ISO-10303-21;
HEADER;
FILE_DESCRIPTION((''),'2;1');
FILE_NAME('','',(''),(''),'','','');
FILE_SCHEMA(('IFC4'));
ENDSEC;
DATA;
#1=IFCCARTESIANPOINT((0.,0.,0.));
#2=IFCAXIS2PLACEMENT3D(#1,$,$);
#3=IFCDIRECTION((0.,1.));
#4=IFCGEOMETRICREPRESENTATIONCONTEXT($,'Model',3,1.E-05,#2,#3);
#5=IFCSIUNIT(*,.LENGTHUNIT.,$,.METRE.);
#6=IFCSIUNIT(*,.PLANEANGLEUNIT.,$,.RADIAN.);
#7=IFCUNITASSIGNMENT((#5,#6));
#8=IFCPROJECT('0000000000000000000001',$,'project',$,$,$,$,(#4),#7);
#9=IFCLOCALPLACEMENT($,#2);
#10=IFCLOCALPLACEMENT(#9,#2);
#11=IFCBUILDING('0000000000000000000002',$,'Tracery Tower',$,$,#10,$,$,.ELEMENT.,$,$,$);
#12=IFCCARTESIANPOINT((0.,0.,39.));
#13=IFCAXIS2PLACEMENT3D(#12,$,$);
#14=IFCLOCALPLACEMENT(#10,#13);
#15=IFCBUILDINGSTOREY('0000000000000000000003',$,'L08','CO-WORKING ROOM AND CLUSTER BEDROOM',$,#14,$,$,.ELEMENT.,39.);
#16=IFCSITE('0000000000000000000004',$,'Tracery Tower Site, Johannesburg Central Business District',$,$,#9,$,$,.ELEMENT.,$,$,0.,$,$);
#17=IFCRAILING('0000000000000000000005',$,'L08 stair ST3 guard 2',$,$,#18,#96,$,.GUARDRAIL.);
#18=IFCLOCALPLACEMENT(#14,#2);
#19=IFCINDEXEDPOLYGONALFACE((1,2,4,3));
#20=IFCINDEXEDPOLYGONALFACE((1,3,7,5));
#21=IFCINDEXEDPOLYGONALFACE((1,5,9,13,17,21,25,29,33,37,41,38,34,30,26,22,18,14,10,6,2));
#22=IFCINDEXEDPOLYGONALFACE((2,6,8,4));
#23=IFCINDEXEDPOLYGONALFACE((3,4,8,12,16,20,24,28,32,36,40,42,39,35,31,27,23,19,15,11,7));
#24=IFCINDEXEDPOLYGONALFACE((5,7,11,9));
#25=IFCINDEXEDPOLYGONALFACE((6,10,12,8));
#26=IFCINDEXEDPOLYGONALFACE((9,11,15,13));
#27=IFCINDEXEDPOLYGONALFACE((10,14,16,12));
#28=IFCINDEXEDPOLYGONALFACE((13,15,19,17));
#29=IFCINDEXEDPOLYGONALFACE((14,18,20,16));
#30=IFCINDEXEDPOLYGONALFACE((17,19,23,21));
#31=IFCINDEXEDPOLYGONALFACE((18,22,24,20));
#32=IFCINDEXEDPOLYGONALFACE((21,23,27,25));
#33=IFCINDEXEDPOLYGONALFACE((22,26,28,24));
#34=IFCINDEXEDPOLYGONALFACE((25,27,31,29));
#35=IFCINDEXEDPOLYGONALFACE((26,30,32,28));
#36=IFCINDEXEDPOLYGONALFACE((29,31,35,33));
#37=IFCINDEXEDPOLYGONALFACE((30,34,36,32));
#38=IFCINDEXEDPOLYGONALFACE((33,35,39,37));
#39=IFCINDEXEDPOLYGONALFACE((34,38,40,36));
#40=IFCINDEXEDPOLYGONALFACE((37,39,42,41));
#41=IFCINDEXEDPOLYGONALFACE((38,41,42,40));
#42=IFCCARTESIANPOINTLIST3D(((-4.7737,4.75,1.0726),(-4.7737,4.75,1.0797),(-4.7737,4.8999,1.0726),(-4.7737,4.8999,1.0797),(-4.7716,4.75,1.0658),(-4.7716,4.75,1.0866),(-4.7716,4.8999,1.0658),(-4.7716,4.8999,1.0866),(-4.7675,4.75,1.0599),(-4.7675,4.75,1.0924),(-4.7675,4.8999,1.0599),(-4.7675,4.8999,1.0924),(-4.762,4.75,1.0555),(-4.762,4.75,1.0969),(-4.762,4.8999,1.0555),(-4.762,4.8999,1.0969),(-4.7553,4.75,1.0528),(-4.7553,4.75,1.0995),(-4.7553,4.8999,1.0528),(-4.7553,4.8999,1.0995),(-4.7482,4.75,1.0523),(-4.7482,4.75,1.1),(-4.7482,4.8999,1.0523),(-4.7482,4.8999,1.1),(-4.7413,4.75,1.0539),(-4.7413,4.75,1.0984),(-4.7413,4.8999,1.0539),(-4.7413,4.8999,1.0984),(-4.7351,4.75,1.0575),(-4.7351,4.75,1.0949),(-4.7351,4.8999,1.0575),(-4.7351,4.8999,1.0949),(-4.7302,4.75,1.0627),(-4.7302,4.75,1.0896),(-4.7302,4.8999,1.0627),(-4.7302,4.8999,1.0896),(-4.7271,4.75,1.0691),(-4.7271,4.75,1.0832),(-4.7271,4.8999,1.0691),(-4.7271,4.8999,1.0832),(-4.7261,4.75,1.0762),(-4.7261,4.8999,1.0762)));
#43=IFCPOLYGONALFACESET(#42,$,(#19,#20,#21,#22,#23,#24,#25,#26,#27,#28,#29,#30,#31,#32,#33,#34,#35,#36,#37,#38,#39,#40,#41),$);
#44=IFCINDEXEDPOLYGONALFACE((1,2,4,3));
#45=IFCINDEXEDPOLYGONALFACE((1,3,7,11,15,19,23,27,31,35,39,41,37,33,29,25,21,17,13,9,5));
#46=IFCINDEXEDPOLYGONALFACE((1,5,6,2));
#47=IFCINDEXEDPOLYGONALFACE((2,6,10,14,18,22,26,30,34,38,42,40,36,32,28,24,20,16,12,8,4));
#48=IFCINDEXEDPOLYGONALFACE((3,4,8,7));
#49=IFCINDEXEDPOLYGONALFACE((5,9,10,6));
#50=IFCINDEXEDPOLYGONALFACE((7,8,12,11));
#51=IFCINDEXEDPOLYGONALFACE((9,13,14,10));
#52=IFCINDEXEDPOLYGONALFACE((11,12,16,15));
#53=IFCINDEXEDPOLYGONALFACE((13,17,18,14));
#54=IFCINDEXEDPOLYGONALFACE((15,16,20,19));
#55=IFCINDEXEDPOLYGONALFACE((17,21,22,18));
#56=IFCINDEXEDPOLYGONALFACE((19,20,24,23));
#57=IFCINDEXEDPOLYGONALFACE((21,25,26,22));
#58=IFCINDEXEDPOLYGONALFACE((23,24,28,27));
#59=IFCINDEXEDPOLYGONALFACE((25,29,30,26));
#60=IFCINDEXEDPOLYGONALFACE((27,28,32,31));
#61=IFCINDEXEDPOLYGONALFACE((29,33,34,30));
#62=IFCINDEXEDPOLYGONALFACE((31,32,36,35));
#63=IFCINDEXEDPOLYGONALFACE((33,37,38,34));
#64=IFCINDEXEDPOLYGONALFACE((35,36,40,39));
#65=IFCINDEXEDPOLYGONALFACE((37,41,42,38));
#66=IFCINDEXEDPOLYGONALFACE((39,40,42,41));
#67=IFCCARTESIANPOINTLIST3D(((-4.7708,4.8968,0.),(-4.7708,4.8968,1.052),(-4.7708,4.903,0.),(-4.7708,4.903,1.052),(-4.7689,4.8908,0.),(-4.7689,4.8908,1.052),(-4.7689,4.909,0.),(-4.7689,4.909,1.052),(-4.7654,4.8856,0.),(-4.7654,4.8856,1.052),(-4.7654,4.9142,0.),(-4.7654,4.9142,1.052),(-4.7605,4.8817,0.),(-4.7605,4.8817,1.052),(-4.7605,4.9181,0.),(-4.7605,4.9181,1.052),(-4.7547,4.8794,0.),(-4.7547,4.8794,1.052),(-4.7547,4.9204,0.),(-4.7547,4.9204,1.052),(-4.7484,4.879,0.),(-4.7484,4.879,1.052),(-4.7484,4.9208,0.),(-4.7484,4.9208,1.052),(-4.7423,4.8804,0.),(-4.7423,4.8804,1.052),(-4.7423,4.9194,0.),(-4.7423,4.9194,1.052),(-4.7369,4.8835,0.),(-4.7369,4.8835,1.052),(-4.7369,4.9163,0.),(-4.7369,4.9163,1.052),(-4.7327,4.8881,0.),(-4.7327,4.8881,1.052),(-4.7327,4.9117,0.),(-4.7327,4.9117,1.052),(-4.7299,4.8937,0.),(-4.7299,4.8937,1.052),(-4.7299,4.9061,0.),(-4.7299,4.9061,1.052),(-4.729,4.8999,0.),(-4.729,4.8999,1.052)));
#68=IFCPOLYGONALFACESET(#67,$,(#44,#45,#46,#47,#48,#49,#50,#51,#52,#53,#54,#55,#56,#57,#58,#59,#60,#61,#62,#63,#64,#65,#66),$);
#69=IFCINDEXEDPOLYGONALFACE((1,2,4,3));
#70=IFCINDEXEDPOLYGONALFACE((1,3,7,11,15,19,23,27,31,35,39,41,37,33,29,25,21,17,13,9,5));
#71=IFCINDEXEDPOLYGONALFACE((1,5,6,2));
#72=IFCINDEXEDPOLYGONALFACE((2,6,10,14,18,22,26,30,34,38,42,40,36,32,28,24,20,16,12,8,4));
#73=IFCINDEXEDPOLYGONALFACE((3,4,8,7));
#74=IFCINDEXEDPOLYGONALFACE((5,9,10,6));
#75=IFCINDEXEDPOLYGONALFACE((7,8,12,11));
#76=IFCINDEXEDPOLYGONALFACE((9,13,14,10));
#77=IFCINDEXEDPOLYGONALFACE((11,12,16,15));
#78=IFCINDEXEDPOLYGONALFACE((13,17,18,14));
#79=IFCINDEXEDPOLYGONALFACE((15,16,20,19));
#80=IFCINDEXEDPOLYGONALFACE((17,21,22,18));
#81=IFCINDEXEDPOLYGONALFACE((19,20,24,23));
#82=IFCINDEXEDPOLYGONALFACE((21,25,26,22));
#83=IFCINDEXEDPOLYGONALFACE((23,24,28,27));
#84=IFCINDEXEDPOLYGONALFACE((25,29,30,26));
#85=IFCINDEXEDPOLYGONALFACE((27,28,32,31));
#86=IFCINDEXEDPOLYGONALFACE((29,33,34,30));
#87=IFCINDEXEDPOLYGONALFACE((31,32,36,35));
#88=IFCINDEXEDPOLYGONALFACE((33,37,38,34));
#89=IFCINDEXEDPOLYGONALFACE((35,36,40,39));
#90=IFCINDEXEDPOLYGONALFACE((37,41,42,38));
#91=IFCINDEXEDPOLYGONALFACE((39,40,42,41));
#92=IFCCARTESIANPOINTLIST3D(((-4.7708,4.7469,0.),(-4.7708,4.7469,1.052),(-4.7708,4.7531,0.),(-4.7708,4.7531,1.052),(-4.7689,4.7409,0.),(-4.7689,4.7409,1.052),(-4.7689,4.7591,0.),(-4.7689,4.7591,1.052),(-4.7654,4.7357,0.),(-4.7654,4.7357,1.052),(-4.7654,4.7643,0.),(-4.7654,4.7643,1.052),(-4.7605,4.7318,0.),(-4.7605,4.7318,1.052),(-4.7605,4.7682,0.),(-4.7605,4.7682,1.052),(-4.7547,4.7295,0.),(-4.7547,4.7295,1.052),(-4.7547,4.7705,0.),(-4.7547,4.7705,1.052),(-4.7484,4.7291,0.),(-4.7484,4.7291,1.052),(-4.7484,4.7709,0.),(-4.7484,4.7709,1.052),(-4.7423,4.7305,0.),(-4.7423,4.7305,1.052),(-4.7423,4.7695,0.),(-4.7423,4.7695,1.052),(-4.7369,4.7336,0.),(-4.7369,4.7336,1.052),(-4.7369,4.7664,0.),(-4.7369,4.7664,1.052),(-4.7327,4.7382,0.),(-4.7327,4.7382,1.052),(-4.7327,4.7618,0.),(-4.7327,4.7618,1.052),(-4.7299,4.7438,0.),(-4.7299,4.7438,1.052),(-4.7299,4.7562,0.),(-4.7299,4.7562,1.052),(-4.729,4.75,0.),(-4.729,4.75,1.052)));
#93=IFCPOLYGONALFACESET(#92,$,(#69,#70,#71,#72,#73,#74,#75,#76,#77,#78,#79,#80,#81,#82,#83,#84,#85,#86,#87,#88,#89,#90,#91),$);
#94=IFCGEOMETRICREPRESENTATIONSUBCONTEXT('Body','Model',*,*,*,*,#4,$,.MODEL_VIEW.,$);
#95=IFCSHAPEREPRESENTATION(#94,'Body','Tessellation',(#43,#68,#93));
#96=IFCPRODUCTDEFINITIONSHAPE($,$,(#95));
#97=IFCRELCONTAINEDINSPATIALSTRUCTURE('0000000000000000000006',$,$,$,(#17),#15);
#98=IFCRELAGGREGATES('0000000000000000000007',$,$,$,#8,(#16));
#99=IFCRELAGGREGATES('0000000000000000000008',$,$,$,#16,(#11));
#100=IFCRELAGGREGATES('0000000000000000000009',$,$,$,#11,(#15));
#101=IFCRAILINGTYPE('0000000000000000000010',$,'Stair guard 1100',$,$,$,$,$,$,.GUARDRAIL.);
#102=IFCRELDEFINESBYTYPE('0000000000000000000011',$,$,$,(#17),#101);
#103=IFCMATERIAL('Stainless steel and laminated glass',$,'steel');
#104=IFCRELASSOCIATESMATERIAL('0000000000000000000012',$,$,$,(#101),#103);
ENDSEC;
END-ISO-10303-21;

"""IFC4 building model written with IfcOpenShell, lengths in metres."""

from ifc_helpers import new_model, si_unit, direction, frame, origin, origin_2d, place, context, subcontext, project, spatial, circle, extrude, material, type_object, element, save


model = new_model("IFC4")

# Units and contexts
model_context = context("Model", 3, precision=1e-05, world=origin(), true_north=direction((0.0, 1.0)))
body_context = subcontext(model_context, "Body", "Model", "MODEL_VIEW")
ifc_project = project(units=[si_unit("LENGTHUNIT", "METRE"), si_unit("PLANEANGLEUNIT", "RADIAN")], contexts=[model_context])

# Site, building, storey
site_placement = place(None, origin())
site = spatial("IfcSite", under=ifc_project, at=site_placement, Name="Tracery Tower Site, Johannesburg Central Business District", CompositionType="ELEMENT", RefElevation=0.0)
building_placement = place(site_placement, origin())
building = spatial("IfcBuilding", under=site, at=building_placement, Name="Tracery Tower", CompositionType="ELEMENT")
storey_placement = place(building_placement, frame((0.0, 0.0, 39.0)))
storey = spatial("IfcBuildingStorey", under=building, at=storey_placement, Name="L08", Description="CO-WORKING ROOM AND CLUSTER BEDROOM", CompositionType="ELEMENT", Elevation=39.0)

# Railing
ifc_material_1 = material(Name="Stainless steel and laminated glass", Category="steel")
railing_type_1 = type_object("IfcRailingType", Name="Stair guard 1100", PredefinedType="GUARDRAIL", material=ifc_material_1)
railing_1_placement = place(storey_placement, frame((-4.75, 4.8999, 0.0)))
element("IfcRailing", 1, at=railing_1_placement, inside=storey, type_object=railing_type_1, Name="L08 stair ST3 guard 2", PredefinedType="GUARDRAIL", context=body_context, shape_type="SweptSolid", body=[
    extrude(circle(Radius=0.0239, at=origin_2d()), frame((0.0, 0.0, 1.0762), z_axis=(0.0, -1.0, 0.0), x_axis=(1.0, 0.0, 0.0)), (0.0, 0.0, 1.0), 0.1499),
    extrude(circle(Radius=0.021, at=origin_2d()), origin(), (0.0, 0.0, 1.0), 1.052),
    extrude(circle(Radius=0.021, at=origin_2d()), frame((0.0, -0.1499, 0.0)), (0.0, 0.0, 1.0), 1.052),
])

save(model, "model.ifc")
